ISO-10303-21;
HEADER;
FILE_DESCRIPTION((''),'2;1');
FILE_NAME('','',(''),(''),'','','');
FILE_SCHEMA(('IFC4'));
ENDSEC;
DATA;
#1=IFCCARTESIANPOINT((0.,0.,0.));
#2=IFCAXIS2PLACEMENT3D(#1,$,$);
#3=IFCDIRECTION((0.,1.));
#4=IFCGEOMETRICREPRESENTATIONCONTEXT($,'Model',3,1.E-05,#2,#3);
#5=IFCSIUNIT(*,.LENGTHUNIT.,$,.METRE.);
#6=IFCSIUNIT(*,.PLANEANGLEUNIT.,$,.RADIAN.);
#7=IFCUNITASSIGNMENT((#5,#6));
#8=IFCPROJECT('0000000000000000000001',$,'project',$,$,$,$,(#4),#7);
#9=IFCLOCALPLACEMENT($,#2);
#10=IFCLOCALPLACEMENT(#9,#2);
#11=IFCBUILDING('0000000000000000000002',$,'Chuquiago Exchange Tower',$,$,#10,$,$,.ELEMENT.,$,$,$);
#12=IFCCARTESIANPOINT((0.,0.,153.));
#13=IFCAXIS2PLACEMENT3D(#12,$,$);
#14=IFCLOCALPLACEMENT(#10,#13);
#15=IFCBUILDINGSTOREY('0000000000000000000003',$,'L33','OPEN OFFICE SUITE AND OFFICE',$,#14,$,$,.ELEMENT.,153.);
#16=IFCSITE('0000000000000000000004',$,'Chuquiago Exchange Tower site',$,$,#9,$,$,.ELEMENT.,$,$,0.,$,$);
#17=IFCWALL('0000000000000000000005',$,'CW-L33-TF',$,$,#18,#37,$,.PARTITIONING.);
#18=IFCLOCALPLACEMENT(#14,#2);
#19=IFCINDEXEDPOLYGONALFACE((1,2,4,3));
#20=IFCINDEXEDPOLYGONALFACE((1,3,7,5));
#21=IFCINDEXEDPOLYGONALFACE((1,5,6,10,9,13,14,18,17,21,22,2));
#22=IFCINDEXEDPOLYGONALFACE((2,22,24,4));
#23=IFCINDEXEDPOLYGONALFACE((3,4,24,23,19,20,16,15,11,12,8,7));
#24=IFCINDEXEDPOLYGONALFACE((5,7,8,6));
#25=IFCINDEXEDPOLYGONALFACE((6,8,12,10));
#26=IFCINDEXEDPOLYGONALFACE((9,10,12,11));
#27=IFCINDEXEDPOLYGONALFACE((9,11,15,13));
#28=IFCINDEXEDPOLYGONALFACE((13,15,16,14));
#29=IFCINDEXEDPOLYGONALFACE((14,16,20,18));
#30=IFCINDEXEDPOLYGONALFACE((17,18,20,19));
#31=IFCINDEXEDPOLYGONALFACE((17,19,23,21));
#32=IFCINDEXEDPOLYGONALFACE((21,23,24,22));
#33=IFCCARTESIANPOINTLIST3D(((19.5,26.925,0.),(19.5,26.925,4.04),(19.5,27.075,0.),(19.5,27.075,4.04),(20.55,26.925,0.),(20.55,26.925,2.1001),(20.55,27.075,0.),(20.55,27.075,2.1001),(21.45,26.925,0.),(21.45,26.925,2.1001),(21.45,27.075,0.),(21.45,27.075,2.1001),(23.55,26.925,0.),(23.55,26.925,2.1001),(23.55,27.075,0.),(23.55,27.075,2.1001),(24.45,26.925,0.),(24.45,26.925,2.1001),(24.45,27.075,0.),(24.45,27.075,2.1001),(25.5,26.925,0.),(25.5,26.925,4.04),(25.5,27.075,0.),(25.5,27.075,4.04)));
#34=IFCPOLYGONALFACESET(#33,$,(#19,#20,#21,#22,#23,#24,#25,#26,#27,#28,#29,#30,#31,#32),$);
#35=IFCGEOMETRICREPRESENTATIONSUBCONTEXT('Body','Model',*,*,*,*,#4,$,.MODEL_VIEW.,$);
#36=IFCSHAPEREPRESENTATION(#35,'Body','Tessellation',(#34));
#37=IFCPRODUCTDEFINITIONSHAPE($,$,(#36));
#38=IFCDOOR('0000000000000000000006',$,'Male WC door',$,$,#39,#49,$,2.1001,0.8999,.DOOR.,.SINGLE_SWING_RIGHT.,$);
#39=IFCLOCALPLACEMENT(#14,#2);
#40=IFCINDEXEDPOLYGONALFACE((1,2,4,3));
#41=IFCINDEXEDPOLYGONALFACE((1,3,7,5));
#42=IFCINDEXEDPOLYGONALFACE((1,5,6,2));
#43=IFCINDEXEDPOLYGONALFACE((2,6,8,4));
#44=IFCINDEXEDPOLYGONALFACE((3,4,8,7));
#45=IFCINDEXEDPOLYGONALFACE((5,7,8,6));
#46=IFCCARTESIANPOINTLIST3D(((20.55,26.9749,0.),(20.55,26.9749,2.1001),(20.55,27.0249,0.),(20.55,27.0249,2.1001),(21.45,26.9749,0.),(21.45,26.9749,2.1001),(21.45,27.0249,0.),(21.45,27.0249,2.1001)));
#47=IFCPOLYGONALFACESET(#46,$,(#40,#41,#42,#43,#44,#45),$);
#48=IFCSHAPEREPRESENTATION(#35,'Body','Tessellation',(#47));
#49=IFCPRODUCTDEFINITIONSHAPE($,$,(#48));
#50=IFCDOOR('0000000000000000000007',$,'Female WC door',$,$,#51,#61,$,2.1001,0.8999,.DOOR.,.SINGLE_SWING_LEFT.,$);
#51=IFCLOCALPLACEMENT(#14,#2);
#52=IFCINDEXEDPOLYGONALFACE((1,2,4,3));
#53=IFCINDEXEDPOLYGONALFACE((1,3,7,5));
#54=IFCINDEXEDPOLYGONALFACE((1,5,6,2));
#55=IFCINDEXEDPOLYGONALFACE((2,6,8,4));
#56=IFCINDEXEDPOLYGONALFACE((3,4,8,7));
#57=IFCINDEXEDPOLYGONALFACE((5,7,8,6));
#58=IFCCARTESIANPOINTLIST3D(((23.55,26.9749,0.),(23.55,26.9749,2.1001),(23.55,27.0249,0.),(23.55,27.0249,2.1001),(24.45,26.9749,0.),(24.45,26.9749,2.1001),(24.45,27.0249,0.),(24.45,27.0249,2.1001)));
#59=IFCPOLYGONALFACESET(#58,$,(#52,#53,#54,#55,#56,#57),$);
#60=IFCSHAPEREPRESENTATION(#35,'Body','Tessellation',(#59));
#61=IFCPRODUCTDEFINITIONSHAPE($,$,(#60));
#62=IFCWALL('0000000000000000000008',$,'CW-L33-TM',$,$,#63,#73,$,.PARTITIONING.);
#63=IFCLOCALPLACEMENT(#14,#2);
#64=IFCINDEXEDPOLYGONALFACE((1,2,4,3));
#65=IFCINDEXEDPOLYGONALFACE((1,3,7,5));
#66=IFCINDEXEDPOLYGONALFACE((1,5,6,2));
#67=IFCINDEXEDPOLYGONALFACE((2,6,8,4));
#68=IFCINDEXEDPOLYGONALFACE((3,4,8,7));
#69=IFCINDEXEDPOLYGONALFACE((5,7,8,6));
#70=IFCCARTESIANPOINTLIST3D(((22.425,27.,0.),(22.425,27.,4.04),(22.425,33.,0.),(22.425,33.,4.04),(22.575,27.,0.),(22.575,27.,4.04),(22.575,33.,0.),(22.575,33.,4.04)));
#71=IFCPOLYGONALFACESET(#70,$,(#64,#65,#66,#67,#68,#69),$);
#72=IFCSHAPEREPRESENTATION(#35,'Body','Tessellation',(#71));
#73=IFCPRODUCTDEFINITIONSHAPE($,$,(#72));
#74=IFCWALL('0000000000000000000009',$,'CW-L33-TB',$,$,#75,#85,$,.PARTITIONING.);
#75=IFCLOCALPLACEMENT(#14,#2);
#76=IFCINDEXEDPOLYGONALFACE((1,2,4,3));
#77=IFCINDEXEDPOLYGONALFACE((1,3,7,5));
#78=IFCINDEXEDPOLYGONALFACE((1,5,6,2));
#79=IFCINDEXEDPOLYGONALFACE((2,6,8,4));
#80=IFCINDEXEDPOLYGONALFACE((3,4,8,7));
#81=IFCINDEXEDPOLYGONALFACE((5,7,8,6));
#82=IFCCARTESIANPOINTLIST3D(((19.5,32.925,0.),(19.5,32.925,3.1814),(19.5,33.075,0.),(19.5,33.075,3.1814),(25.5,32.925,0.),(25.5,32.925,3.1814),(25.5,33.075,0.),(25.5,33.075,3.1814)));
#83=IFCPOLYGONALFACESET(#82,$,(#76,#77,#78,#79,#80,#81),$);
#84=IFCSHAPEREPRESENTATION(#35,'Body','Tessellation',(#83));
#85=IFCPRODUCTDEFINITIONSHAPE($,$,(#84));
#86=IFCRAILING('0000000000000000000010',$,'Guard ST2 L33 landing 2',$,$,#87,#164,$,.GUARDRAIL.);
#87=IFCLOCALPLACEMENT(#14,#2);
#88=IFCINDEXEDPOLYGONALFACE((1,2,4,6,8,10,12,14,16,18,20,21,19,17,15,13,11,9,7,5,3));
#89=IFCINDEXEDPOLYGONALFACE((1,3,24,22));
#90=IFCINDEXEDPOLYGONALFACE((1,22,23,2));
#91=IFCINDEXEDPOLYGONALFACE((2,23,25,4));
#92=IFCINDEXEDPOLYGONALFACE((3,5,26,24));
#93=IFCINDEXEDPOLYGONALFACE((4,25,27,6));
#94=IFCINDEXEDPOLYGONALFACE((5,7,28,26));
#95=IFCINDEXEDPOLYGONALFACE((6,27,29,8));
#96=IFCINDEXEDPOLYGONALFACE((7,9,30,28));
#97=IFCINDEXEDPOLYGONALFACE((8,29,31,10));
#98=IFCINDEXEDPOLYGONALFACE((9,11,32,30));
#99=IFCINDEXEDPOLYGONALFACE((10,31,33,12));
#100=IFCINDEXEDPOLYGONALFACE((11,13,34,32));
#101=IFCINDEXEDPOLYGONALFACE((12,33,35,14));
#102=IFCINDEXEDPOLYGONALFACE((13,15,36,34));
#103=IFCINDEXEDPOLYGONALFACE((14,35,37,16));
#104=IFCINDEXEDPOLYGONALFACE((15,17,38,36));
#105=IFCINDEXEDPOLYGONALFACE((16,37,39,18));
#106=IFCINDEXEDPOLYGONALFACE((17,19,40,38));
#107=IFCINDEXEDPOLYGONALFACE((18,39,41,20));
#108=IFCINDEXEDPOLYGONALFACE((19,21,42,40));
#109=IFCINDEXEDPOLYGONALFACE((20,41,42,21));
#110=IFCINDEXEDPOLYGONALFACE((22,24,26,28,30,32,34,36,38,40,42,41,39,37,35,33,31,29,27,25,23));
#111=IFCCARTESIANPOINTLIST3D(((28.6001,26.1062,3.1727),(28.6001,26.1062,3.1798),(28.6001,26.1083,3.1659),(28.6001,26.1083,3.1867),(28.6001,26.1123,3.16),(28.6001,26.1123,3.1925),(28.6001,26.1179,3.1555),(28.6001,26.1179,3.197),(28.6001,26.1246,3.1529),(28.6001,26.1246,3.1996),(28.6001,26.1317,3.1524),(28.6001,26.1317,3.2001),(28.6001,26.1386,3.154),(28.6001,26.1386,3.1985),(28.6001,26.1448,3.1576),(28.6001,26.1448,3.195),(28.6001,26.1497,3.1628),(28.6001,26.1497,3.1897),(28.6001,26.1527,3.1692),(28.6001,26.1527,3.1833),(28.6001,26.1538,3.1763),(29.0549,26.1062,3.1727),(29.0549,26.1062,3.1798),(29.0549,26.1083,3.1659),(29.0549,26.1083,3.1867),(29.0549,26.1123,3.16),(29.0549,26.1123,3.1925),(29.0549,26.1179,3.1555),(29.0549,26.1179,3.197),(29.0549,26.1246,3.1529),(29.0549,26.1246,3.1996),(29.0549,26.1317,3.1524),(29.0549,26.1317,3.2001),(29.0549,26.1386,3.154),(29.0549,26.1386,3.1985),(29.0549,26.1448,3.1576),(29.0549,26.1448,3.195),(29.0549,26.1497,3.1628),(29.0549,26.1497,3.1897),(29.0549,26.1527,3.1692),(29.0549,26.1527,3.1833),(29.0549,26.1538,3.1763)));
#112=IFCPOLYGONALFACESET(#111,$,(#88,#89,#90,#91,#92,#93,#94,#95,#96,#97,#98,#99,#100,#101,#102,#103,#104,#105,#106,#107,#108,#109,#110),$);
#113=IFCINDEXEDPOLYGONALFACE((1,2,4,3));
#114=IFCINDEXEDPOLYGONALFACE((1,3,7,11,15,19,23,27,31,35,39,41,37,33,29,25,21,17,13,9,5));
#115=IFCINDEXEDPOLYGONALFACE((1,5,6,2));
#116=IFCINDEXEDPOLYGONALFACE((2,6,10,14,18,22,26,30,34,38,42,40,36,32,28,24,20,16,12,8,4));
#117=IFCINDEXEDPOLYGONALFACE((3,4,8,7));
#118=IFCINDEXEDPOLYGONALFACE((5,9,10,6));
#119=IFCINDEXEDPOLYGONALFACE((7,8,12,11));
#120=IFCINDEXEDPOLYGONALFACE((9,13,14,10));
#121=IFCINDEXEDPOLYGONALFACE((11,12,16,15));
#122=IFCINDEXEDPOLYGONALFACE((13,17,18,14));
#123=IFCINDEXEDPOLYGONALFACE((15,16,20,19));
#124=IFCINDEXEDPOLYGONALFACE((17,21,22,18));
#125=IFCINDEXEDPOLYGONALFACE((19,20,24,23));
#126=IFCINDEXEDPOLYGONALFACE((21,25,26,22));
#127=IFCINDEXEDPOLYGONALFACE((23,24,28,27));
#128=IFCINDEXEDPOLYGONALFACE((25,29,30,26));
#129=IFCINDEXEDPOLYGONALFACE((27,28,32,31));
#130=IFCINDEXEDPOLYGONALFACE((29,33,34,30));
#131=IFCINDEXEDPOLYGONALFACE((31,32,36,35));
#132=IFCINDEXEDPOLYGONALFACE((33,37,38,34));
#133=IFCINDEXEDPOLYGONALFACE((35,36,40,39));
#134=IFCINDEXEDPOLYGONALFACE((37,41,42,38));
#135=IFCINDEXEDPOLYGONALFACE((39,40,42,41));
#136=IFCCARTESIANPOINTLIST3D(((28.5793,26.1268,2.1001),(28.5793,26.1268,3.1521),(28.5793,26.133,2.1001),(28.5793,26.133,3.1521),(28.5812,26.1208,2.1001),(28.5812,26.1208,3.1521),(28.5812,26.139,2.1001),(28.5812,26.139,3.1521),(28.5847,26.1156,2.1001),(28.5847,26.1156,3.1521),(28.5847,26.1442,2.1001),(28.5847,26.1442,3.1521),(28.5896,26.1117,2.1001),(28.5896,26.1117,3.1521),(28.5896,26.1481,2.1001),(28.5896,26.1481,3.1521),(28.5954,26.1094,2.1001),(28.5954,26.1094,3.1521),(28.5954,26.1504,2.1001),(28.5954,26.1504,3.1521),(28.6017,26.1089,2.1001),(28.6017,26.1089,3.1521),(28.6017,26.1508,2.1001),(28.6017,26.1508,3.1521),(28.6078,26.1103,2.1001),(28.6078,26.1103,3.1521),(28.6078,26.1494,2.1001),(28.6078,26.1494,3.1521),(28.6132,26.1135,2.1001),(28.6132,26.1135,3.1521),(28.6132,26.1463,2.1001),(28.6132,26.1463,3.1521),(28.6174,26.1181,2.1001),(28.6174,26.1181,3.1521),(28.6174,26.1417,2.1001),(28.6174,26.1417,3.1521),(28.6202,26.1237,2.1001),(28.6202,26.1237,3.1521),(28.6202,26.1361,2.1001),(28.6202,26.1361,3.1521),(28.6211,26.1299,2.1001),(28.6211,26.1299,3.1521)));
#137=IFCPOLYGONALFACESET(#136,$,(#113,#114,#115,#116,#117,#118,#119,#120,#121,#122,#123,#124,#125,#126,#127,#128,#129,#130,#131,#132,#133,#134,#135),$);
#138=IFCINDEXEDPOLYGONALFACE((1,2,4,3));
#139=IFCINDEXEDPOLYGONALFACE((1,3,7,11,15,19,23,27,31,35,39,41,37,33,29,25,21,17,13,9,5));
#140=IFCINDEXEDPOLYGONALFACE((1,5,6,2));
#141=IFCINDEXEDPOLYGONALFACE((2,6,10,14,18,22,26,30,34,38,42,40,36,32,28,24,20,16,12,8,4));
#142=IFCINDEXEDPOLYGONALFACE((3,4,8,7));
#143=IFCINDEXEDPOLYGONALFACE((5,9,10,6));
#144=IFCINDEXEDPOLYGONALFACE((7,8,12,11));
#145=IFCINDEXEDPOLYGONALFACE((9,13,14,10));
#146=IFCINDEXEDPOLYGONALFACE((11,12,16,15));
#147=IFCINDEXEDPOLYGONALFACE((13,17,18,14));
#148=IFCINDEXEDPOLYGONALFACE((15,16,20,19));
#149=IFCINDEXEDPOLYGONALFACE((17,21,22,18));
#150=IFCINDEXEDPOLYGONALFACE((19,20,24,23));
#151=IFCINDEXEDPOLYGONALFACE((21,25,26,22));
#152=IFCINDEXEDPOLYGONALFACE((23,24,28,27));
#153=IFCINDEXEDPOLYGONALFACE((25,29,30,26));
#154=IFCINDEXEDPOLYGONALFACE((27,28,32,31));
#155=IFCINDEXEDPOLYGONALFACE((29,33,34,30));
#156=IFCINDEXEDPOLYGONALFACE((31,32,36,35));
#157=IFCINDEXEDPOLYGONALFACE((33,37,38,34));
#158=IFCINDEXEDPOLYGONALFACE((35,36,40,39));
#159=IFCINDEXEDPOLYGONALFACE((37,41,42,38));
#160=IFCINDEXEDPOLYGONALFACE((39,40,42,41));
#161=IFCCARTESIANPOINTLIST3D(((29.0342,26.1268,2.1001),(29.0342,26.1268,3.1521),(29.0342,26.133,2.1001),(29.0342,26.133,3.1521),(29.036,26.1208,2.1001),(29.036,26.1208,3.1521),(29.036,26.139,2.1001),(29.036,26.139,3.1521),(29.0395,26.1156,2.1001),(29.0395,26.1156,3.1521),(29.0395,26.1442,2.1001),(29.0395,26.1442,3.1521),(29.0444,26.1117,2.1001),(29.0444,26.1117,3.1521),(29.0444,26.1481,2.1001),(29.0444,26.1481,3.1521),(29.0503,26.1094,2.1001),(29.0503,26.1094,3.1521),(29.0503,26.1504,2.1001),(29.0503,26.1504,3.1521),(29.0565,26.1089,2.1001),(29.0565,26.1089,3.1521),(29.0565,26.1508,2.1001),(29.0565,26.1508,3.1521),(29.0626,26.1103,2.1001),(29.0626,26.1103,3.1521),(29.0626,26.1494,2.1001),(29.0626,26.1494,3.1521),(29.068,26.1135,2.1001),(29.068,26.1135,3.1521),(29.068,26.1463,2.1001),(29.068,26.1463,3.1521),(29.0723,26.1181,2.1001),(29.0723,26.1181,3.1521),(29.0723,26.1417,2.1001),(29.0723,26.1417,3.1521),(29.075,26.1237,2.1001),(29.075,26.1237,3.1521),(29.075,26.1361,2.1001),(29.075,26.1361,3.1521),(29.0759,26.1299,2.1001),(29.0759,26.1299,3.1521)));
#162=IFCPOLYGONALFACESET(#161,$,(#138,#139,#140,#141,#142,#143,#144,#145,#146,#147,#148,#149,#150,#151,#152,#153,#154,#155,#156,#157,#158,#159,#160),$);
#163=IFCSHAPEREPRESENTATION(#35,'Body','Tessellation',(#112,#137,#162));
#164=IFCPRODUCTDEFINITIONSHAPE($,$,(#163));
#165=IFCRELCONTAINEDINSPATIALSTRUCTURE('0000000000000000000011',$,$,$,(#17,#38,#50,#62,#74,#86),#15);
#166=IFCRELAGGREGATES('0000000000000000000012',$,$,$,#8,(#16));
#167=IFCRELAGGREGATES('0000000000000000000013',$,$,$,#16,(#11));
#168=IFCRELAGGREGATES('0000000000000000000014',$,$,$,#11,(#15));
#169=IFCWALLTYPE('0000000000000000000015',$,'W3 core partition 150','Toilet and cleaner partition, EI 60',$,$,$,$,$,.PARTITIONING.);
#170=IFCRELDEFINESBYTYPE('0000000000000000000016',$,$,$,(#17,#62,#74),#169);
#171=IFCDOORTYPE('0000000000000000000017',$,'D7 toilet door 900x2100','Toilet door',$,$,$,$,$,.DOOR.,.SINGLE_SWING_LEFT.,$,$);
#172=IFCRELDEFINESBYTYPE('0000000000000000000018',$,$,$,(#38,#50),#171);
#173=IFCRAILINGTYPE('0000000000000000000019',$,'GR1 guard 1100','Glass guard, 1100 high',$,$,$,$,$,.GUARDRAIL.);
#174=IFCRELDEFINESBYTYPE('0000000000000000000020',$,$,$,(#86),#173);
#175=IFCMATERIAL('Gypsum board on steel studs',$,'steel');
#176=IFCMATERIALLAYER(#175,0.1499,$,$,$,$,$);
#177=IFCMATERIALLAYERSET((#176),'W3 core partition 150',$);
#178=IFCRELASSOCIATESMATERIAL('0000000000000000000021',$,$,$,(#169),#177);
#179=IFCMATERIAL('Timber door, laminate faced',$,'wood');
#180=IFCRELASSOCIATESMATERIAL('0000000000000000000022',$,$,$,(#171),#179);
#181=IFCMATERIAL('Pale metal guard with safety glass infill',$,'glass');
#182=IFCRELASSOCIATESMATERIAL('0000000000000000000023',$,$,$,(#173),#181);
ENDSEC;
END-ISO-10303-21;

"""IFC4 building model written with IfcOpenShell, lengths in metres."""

from ifc_helpers import new_model, si_unit, direction, frame, frame_2d, origin, origin_2d, place, context, subcontext, project, spatial, rectangle, circle, extrude, material, layer, layer_set, type_object, element, fill, save


model = new_model("IFC4")

# Units and contexts
model_context = context("Model", 3, precision=1e-05, world=origin(), true_north=direction((0.0, 1.0)))
body_context = subcontext(model_context, "Body", "Model", "MODEL_VIEW")
ifc_project = project(units=[si_unit("LENGTHUNIT", "METRE"), si_unit("PLANEANGLEUNIT", "RADIAN")], contexts=[model_context])

# Site, building, storey
site_placement = place(None, origin())
site = spatial("IfcSite", under=ifc_project, at=site_placement, Name="Chuquiago Exchange Tower site", CompositionType="ELEMENT", RefElevation=0.0)
building_placement = place(site_placement, origin())
building = spatial("IfcBuilding", under=site, at=building_placement, Name="Chuquiago Exchange Tower", CompositionType="ELEMENT")
storey_placement = place(building_placement, frame((0.0, 0.0, 153.0)))
storey = spatial("IfcBuildingStorey", under=building, at=storey_placement, Name="L33", Description="OPEN OFFICE SUITE AND OFFICE", CompositionType="ELEMENT", Elevation=153.0)

# Wall, openings, doors
ifc_material_1 = material(Name="Gypsum board on steel studs", Category="steel")
ifc_layer_1 = layer(ifc_material_1, 0.1499)
ifc_layer_set_1 = layer_set([ifc_layer_1], Name="W3 core partition 150")
wall_type_1 = type_object("IfcWallType", Name="W3 core partition 150", Description="Toilet and cleaner partition, EI 60", PredefinedType="PARTITIONING", material=ifc_layer_set_1)
wall_1_placement = place(storey_placement, frame((19.5, 27.0, 0.0), z_axis=(0.0, 0.0, 1.0), x_axis=(1.0, 0.0, 0.0)))
wall_1 = element("IfcWall", 1, at=wall_1_placement, inside=storey, type_object=wall_type_1, Name="CW-L33-TF", PredefinedType="PARTITIONING", context=body_context, shape_type="SweptSolid", body=[
    extrude(rectangle(XDim=6.0, YDim=0.1499, at=frame_2d((3.0, 0.0))), origin(), (0.0, 0.0, 1.0), 4.04),
])
opening_1_placement = place(wall_1_placement, frame((1.05, 0.0, 0.0)))
opening_1 = element("IfcOpeningElement", 2, at=opening_1_placement, cuts=wall_1, PredefinedType="OPENING", context=body_context, shape_type="SweptSolid", body=[
    extrude(rectangle(XDim=0.8999, YDim=2.1001, at=frame_2d((0.45, 1.05))), frame((0.0, 0.085, 0.0), z_axis=(0.0, -1.0, 0.0), x_axis=(1.0, 0.0, 0.0)), (0.0, 0.0, 1.0), 0.1699),
])
opening_2_placement = place(wall_1_placement, frame((4.05, 0.0, 0.0)))
opening_2 = element("IfcOpeningElement", 3, at=opening_2_placement, cuts=wall_1, PredefinedType="OPENING", context=body_context, shape_type="SweptSolid", body=[
    extrude(rectangle(XDim=0.8999, YDim=2.1001, at=frame_2d((0.45, 1.05))), frame((0.0, 0.085, 0.0), z_axis=(0.0, -1.0, 0.0), x_axis=(1.0, 0.0, 0.0)), (0.0, 0.0, 1.0), 0.1699),
])
ifc_material_2 = material(Name="Timber door, laminate faced", Category="wood")
door_type_1 = type_object("IfcDoorType", Name="D7 toilet door 900x2100", Description="Toilet door", OperationType="SINGLE_SWING_LEFT", PredefinedType="DOOR", material=ifc_material_2)
door_1_placement = place(opening_1_placement, origin())
door_1 = element("IfcDoor", 4, at=door_1_placement, inside=storey, type_object=door_type_1, Name="Male WC door", OperationType="SINGLE_SWING_RIGHT", OverallHeight=2.1001, OverallWidth=0.8999, PredefinedType="DOOR", context=body_context, shape_type="SweptSolid", body=[
    extrude(rectangle(XDim=0.8999, YDim=2.1001, at=frame_2d((0.45, 1.05))), frame((0.0, 0.0249, 0.0), z_axis=(0.0, -1.0, 0.0), x_axis=(1.0, 0.0, 0.0)), (0.0, 0.0, 1.0), 0.05),
])
fill(opening_1, door_1)
door_2_placement = place(opening_2_placement, origin())
door_2 = element("IfcDoor", 5, at=door_2_placement, inside=storey, type_object=door_type_1, Name="Female WC door", OperationType="SINGLE_SWING_LEFT", OverallHeight=2.1001, OverallWidth=0.8999, PredefinedType="DOOR", context=body_context, shape_type="SweptSolid", body=[
    extrude(rectangle(XDim=0.8999, YDim=2.1001, at=frame_2d((0.45, 1.05))), frame((0.0, 0.0249, 0.0), z_axis=(0.0, -1.0, 0.0), x_axis=(1.0, 0.0, 0.0)), (0.0, 0.0, 1.0), 0.05),
])
fill(opening_2, door_2)

# Walls
wall_2_placement = place(storey_placement, frame((22.5, 27.0, 0.0), z_axis=(0.0, 0.0, 1.0), x_axis=(0.0, 1.0, 0.0)))
element("IfcWall", 6, at=wall_2_placement, inside=storey, type_object=wall_type_1, Name="CW-L33-TM", PredefinedType="PARTITIONING", context=body_context, shape_type="SweptSolid", body=[
    extrude(rectangle(XDim=6.0, YDim=0.1499, at=frame_2d((3.0, 0.0))), origin(), (0.0, 0.0, 1.0), 4.04),
])
wall_3_placement = place(storey_placement, frame((19.5, 33.0, 0.0), z_axis=(0.0, 0.0, 1.0), x_axis=(1.0, 0.0, 0.0)))
element("IfcWall", 7, at=wall_3_placement, inside=storey, type_object=wall_type_1, Name="CW-L33-TB", PredefinedType="PARTITIONING", context=body_context, shape_type="SweptSolid", body=[
    extrude(rectangle(XDim=6.0, YDim=0.1499, at=frame_2d((3.0, 0.0))), origin(), (0.0, 0.0, 1.0), 3.1814),
])

# Railing
ifc_material_3 = material(Name="Pale metal guard with safety glass infill", Category="glass")
railing_type_1 = type_object("IfcRailingType", Name="GR1 guard 1100", Description="Glass guard, 1100 high", PredefinedType="GUARDRAIL", material=ifc_material_3)
railing_placement = place(storey_placement, frame((28.6001, 26.1299, 2.1001)))
element("IfcRailing", 8, at=railing_placement, inside=storey, type_object=railing_type_1, Name="Guard ST2 L33 landing 2", PredefinedType="GUARDRAIL", context=body_context, shape_type="SweptSolid", body=[
    extrude(circle(Radius=0.0239, at=origin_2d()), frame((0.0, 0.0, 1.0762), z_axis=(1.0, 0.0, 0.0), x_axis=(0.0, 1.0, 0.0)), (0.0, 0.0, 1.0), 0.4548),
    extrude(circle(Radius=0.021, at=origin_2d()), origin(), (0.0, 0.0, 1.0), 1.052),
    extrude(circle(Radius=0.021, at=origin_2d()), frame((0.4548, 0.0, 0.0)), (0.0, 0.0, 1.0), 1.052),
])

save(model, "model.ifc")
